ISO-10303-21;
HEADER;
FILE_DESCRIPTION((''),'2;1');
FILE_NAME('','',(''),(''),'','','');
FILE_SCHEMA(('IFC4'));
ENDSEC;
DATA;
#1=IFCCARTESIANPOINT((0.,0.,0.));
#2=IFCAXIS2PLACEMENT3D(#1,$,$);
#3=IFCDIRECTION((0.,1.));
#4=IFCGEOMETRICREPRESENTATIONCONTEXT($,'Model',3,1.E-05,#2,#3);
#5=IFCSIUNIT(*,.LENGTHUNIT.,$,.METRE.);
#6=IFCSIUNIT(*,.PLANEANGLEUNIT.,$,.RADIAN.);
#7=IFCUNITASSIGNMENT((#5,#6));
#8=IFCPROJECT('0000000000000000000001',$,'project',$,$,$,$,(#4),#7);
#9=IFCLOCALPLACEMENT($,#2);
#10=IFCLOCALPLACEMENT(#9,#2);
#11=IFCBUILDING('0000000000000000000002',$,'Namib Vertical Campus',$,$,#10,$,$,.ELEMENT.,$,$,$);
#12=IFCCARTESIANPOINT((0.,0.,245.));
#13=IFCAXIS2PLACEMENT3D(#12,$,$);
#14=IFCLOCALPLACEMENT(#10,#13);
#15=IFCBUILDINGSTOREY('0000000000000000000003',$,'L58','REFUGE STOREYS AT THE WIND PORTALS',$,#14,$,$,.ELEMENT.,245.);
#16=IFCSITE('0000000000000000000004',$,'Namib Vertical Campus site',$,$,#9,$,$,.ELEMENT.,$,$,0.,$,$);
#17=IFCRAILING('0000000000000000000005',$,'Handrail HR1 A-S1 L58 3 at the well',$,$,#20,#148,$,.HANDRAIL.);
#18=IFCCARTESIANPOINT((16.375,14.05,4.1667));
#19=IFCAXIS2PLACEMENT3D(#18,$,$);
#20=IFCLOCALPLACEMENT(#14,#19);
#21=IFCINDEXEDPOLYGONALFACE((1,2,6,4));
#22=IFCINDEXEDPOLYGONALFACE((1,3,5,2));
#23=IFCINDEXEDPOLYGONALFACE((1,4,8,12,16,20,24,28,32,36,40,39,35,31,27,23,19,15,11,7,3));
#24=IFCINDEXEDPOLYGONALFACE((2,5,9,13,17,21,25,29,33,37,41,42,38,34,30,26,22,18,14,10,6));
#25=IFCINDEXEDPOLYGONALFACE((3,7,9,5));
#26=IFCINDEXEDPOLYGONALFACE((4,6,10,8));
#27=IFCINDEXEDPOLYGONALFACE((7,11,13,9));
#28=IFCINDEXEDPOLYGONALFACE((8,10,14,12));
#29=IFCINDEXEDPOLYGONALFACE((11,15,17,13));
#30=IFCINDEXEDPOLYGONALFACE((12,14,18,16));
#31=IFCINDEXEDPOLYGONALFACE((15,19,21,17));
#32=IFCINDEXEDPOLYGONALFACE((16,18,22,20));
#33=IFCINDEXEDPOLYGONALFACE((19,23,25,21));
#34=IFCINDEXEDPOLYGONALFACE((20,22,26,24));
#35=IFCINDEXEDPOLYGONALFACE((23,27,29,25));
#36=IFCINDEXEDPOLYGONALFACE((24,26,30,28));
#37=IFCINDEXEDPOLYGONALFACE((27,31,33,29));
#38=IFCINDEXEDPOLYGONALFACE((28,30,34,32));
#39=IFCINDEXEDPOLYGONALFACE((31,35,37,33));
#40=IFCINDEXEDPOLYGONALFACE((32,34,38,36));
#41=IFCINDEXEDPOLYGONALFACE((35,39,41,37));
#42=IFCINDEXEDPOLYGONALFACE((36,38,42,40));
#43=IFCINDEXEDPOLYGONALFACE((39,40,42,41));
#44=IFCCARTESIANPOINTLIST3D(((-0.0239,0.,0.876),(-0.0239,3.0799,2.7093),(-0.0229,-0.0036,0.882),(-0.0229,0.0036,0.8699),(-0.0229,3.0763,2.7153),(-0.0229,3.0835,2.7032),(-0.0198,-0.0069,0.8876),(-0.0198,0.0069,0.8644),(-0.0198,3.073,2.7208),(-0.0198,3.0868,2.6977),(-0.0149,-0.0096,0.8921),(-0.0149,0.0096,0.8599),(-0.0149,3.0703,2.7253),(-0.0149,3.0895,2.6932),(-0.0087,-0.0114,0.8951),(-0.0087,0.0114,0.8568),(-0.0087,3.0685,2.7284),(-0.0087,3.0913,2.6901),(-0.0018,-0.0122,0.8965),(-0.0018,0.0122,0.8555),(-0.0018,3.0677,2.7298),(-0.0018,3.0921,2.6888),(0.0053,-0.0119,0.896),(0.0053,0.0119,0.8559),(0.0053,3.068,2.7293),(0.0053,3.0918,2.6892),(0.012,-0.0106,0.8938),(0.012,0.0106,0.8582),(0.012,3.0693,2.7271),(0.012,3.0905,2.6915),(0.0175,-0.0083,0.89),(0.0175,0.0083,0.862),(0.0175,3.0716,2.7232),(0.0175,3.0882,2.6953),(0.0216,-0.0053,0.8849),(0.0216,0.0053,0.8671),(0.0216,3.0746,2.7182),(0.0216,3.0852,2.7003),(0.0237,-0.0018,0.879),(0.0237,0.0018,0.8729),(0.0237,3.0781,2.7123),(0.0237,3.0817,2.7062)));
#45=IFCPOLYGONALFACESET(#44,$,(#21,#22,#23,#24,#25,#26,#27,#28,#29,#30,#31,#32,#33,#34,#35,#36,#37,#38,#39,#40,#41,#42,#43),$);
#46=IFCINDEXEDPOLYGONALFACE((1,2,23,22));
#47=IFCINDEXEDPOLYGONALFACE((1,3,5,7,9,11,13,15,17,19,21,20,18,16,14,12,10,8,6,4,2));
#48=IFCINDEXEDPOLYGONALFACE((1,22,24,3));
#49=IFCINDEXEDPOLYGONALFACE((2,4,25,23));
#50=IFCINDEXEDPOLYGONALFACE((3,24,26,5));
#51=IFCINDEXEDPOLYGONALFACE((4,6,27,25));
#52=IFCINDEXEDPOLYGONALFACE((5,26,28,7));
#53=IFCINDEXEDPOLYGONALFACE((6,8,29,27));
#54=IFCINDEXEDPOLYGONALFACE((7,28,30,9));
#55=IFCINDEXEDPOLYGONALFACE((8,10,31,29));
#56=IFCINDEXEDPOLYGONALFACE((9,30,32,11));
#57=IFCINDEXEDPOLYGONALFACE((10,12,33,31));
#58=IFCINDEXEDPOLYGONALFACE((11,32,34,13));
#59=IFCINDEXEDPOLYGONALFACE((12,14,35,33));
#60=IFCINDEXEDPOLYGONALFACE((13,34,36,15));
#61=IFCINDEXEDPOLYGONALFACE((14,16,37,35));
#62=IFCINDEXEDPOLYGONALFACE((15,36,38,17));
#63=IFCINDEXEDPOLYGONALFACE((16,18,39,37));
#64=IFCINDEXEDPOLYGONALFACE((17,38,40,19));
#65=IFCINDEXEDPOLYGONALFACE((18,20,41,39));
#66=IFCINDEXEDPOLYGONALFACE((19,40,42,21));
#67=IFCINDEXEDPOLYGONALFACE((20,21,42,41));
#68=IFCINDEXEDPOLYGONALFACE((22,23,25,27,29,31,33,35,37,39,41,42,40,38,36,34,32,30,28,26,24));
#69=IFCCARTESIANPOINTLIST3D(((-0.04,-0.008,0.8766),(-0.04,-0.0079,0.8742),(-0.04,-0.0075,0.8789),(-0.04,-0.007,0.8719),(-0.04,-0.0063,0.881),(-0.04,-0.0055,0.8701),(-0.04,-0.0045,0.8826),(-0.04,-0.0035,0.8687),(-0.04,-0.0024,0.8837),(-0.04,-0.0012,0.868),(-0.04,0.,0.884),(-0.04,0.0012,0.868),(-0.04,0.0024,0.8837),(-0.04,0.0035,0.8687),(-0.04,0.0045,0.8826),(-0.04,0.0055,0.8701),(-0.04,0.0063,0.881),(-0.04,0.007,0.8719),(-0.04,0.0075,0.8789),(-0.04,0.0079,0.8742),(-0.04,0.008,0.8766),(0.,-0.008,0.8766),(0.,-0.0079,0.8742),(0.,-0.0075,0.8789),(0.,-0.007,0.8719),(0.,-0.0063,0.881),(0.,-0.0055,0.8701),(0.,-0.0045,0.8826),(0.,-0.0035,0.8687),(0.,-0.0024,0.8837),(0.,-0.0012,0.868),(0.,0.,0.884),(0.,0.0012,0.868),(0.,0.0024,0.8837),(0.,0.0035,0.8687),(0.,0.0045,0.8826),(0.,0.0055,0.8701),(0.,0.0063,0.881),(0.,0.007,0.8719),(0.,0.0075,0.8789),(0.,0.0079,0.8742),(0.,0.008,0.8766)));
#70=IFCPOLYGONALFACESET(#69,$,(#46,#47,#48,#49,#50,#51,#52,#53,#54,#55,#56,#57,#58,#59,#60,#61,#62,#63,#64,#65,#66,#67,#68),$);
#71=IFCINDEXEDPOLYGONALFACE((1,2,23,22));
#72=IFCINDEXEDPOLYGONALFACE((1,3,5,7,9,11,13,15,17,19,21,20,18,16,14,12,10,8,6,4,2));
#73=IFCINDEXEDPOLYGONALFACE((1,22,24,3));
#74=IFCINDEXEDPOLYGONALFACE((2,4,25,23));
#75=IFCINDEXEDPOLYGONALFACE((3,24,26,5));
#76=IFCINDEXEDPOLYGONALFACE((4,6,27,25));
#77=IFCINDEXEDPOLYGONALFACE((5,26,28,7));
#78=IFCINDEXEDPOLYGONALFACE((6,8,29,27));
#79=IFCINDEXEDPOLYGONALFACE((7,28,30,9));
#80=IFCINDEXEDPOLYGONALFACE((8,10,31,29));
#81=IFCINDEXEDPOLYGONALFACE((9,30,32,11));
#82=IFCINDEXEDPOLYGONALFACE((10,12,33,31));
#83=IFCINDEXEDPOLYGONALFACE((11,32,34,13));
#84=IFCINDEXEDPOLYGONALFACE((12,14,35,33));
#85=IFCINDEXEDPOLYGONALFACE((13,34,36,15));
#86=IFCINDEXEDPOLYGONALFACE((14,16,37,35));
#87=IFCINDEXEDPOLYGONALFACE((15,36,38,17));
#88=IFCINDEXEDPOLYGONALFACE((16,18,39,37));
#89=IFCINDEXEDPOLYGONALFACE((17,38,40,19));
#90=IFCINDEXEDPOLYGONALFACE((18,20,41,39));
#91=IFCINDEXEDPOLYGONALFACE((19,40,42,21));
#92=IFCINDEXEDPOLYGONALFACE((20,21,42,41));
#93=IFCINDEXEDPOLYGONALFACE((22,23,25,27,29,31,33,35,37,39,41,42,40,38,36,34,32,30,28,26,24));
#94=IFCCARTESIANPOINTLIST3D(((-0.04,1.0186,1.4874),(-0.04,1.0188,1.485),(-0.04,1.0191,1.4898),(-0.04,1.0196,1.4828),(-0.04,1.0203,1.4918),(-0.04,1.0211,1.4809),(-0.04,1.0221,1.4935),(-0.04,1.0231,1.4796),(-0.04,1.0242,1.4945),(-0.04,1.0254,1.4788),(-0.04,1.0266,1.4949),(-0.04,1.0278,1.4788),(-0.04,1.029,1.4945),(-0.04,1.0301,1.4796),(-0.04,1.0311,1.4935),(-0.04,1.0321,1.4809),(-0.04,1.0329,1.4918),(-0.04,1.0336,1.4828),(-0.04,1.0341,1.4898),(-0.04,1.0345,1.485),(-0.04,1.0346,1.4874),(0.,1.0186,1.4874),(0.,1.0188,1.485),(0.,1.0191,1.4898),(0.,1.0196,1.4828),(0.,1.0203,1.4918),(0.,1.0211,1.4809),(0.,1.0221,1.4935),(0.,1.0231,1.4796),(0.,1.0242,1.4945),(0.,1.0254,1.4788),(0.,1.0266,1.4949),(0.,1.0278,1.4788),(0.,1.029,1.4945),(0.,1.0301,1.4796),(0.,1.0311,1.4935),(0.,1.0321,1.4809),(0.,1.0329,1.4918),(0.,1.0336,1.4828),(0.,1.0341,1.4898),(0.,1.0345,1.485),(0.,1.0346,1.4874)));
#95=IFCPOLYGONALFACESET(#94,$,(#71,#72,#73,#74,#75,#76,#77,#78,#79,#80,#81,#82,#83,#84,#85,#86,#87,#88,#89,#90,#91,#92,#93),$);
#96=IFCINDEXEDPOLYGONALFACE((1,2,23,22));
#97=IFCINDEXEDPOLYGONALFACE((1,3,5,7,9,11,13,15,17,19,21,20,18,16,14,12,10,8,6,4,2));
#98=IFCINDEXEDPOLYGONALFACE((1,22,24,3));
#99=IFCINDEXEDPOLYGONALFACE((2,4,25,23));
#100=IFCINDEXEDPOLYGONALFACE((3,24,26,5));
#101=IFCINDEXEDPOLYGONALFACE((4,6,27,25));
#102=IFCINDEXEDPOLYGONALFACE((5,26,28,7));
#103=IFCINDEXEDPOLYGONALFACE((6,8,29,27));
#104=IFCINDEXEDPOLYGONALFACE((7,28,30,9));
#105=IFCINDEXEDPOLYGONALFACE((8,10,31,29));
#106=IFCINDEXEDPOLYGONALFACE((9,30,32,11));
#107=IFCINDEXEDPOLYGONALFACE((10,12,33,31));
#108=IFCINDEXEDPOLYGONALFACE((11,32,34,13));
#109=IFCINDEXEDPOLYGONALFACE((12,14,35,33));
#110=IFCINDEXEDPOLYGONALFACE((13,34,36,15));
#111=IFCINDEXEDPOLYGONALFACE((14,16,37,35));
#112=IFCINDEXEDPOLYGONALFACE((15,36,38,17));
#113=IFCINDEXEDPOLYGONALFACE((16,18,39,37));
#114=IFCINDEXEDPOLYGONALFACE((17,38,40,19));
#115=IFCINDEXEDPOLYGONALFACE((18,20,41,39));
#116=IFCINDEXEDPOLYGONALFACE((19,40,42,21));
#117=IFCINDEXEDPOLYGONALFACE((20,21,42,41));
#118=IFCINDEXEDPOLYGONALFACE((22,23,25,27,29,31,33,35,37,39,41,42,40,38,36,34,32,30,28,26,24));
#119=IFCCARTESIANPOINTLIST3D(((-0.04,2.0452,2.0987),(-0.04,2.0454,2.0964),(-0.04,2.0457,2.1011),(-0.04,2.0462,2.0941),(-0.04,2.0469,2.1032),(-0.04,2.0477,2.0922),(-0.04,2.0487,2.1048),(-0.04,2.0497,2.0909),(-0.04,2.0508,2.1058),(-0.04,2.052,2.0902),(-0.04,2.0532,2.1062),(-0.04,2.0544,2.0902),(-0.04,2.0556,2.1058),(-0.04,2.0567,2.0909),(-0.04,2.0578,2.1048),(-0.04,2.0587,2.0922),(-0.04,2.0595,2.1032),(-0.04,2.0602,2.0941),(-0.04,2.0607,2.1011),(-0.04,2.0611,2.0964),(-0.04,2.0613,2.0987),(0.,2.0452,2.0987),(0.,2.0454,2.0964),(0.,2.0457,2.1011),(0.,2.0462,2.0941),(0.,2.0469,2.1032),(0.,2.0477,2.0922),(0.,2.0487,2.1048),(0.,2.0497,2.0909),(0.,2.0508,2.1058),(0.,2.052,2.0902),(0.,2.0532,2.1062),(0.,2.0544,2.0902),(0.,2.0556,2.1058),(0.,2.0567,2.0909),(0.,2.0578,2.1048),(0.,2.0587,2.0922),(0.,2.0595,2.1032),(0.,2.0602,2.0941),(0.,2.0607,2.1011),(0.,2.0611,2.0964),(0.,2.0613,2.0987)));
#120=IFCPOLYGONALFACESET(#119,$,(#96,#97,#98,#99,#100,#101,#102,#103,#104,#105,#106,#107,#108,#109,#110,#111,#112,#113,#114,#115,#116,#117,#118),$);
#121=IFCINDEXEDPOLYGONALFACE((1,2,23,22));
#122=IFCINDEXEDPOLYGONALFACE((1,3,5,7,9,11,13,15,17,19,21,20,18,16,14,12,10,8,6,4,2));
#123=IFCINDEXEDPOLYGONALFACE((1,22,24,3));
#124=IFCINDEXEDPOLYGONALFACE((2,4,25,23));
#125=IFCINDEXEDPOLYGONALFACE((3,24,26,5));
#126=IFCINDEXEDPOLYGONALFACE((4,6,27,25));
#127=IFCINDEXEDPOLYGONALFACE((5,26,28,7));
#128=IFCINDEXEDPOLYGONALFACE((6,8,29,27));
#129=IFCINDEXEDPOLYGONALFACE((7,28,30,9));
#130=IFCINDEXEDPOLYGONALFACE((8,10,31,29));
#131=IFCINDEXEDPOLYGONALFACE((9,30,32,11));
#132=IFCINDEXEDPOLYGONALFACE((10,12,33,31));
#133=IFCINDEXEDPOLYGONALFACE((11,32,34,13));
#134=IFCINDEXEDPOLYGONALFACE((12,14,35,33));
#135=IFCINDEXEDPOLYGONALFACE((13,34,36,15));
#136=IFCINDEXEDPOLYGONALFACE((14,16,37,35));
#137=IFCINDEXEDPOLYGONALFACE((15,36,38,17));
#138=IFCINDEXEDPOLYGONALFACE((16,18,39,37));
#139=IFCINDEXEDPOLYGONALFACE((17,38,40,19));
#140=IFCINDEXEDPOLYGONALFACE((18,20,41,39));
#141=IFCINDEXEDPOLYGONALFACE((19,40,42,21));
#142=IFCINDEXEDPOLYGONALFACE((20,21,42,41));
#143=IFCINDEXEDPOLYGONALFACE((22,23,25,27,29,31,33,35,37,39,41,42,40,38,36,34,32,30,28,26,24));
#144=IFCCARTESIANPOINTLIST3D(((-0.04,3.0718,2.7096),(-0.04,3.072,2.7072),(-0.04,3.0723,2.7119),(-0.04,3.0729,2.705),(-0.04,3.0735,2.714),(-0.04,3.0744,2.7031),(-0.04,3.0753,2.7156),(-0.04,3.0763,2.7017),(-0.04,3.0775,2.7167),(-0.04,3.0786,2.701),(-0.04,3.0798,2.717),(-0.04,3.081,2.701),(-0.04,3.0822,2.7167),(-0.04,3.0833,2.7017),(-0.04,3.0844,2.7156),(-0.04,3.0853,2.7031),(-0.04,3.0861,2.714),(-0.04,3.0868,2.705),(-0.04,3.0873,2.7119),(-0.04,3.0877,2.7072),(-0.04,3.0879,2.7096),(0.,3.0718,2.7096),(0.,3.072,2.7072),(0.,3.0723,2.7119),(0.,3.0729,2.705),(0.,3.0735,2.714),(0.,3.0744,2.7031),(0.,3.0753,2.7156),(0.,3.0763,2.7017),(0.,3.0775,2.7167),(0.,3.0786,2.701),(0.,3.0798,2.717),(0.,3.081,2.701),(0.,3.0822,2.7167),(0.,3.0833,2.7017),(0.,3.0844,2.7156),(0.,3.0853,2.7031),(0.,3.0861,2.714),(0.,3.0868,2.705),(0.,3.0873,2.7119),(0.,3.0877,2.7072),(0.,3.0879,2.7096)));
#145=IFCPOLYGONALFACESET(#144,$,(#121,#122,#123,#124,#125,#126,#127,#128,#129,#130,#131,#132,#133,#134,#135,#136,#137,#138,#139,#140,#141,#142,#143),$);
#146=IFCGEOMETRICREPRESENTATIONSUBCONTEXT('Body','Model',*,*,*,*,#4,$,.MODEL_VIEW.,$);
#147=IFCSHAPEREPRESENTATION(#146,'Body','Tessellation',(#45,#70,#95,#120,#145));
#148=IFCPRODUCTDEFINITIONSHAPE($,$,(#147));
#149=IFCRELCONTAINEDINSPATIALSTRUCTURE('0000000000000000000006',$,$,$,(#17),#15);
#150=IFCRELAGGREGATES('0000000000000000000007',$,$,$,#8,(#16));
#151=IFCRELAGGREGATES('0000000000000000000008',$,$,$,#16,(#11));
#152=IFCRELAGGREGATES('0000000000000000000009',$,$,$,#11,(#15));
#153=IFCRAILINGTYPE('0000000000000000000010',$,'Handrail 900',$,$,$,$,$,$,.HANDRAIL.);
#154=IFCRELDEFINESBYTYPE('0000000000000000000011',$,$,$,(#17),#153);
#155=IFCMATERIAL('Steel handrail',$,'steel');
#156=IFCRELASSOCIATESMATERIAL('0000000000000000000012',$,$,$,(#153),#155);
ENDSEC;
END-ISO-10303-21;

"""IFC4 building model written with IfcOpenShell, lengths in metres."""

from ifc_helpers import new_model, si_unit, direction, frame, origin, origin_2d, place, context, subcontext, project, spatial, circle, extrude, material, type_object, element, save


model = new_model("IFC4")

# Units and contexts
model_context = context("Model", 3, precision=1e-05, world=origin(), true_north=direction((0.0, 1.0)))
body_context = subcontext(model_context, "Body", "Model", "MODEL_VIEW")
ifc_project = project(units=[si_unit("LENGTHUNIT", "METRE"), si_unit("PLANEANGLEUNIT", "RADIAN")], contexts=[model_context])

# Site, building, storey
site_placement = place(None, origin())
site = spatial("IfcSite", under=ifc_project, at=site_placement, Name="Namib Vertical Campus site", CompositionType="ELEMENT", RefElevation=0.0)
building_placement = place(site_placement, origin())
building = spatial("IfcBuilding", under=site, at=building_placement, Name="Namib Vertical Campus", CompositionType="ELEMENT")
storey_placement = place(building_placement, frame((0.0, 0.0, 245.0)))
storey = spatial("IfcBuildingStorey", under=building, at=storey_placement, Name="L58", Description="REFUGE STOREYS AT THE WIND PORTALS", CompositionType="ELEMENT", Elevation=245.0)

# Railing
ifc_material_1 = material(Name="Steel handrail", Category="steel")
railing_type = type_object("IfcRailingType", Name="Handrail 900", PredefinedType="HANDRAIL", material=ifc_material_1)
railing_placement = place(storey_placement, frame((16.375, 14.05, 4.1667)))
element("IfcRailing", 1, at=railing_placement, inside=storey, type_object=railing_type, Name="Handrail HR1 A-S1 L58 3 at the well", PredefinedType="HANDRAIL", context=body_context, shape_type="SweptSolid", body=[
    extrude(circle(Radius=0.0239, at=origin_2d()), frame((0.0, 0.0, 0.876), z_axis=(0.0, 0.859291, 0.511487), x_axis=(-1.0, 0.0, 0.0)), (0.0, 0.0, 1.0), 3.5842),
    extrude(circle(Radius=0.0081, at=origin_2d()), frame((0.0, 0.0, 0.876), z_axis=(-1.0, 0.0, 0.0), x_axis=(0.0, 0.0, 1.0)), (0.0, 0.0, 1.0), 0.04),
    extrude(circle(Radius=0.0081, at=origin_2d()), frame((0.0, 1.0266, 1.4868), z_axis=(-1.0, 0.0, 0.0), x_axis=(0.0, 0.0, 1.0)), (0.0, 0.0, 1.0), 0.04),
    extrude(circle(Radius=0.0081, at=origin_2d()), frame((0.0, 2.0532, 2.0981), z_axis=(-1.0, 0.0, 0.0), x_axis=(0.0, 0.0, 1.0)), (0.0, 0.0, 1.0), 0.04),
    extrude(circle(Radius=0.0081, at=origin_2d()), frame((0.0, 3.0798, 2.709), z_axis=(-1.0, 0.0, 0.0), x_axis=(0.0, 0.0, 1.0)), (0.0, 0.0, 1.0), 0.04),
])

save(model, "model.ifc")
